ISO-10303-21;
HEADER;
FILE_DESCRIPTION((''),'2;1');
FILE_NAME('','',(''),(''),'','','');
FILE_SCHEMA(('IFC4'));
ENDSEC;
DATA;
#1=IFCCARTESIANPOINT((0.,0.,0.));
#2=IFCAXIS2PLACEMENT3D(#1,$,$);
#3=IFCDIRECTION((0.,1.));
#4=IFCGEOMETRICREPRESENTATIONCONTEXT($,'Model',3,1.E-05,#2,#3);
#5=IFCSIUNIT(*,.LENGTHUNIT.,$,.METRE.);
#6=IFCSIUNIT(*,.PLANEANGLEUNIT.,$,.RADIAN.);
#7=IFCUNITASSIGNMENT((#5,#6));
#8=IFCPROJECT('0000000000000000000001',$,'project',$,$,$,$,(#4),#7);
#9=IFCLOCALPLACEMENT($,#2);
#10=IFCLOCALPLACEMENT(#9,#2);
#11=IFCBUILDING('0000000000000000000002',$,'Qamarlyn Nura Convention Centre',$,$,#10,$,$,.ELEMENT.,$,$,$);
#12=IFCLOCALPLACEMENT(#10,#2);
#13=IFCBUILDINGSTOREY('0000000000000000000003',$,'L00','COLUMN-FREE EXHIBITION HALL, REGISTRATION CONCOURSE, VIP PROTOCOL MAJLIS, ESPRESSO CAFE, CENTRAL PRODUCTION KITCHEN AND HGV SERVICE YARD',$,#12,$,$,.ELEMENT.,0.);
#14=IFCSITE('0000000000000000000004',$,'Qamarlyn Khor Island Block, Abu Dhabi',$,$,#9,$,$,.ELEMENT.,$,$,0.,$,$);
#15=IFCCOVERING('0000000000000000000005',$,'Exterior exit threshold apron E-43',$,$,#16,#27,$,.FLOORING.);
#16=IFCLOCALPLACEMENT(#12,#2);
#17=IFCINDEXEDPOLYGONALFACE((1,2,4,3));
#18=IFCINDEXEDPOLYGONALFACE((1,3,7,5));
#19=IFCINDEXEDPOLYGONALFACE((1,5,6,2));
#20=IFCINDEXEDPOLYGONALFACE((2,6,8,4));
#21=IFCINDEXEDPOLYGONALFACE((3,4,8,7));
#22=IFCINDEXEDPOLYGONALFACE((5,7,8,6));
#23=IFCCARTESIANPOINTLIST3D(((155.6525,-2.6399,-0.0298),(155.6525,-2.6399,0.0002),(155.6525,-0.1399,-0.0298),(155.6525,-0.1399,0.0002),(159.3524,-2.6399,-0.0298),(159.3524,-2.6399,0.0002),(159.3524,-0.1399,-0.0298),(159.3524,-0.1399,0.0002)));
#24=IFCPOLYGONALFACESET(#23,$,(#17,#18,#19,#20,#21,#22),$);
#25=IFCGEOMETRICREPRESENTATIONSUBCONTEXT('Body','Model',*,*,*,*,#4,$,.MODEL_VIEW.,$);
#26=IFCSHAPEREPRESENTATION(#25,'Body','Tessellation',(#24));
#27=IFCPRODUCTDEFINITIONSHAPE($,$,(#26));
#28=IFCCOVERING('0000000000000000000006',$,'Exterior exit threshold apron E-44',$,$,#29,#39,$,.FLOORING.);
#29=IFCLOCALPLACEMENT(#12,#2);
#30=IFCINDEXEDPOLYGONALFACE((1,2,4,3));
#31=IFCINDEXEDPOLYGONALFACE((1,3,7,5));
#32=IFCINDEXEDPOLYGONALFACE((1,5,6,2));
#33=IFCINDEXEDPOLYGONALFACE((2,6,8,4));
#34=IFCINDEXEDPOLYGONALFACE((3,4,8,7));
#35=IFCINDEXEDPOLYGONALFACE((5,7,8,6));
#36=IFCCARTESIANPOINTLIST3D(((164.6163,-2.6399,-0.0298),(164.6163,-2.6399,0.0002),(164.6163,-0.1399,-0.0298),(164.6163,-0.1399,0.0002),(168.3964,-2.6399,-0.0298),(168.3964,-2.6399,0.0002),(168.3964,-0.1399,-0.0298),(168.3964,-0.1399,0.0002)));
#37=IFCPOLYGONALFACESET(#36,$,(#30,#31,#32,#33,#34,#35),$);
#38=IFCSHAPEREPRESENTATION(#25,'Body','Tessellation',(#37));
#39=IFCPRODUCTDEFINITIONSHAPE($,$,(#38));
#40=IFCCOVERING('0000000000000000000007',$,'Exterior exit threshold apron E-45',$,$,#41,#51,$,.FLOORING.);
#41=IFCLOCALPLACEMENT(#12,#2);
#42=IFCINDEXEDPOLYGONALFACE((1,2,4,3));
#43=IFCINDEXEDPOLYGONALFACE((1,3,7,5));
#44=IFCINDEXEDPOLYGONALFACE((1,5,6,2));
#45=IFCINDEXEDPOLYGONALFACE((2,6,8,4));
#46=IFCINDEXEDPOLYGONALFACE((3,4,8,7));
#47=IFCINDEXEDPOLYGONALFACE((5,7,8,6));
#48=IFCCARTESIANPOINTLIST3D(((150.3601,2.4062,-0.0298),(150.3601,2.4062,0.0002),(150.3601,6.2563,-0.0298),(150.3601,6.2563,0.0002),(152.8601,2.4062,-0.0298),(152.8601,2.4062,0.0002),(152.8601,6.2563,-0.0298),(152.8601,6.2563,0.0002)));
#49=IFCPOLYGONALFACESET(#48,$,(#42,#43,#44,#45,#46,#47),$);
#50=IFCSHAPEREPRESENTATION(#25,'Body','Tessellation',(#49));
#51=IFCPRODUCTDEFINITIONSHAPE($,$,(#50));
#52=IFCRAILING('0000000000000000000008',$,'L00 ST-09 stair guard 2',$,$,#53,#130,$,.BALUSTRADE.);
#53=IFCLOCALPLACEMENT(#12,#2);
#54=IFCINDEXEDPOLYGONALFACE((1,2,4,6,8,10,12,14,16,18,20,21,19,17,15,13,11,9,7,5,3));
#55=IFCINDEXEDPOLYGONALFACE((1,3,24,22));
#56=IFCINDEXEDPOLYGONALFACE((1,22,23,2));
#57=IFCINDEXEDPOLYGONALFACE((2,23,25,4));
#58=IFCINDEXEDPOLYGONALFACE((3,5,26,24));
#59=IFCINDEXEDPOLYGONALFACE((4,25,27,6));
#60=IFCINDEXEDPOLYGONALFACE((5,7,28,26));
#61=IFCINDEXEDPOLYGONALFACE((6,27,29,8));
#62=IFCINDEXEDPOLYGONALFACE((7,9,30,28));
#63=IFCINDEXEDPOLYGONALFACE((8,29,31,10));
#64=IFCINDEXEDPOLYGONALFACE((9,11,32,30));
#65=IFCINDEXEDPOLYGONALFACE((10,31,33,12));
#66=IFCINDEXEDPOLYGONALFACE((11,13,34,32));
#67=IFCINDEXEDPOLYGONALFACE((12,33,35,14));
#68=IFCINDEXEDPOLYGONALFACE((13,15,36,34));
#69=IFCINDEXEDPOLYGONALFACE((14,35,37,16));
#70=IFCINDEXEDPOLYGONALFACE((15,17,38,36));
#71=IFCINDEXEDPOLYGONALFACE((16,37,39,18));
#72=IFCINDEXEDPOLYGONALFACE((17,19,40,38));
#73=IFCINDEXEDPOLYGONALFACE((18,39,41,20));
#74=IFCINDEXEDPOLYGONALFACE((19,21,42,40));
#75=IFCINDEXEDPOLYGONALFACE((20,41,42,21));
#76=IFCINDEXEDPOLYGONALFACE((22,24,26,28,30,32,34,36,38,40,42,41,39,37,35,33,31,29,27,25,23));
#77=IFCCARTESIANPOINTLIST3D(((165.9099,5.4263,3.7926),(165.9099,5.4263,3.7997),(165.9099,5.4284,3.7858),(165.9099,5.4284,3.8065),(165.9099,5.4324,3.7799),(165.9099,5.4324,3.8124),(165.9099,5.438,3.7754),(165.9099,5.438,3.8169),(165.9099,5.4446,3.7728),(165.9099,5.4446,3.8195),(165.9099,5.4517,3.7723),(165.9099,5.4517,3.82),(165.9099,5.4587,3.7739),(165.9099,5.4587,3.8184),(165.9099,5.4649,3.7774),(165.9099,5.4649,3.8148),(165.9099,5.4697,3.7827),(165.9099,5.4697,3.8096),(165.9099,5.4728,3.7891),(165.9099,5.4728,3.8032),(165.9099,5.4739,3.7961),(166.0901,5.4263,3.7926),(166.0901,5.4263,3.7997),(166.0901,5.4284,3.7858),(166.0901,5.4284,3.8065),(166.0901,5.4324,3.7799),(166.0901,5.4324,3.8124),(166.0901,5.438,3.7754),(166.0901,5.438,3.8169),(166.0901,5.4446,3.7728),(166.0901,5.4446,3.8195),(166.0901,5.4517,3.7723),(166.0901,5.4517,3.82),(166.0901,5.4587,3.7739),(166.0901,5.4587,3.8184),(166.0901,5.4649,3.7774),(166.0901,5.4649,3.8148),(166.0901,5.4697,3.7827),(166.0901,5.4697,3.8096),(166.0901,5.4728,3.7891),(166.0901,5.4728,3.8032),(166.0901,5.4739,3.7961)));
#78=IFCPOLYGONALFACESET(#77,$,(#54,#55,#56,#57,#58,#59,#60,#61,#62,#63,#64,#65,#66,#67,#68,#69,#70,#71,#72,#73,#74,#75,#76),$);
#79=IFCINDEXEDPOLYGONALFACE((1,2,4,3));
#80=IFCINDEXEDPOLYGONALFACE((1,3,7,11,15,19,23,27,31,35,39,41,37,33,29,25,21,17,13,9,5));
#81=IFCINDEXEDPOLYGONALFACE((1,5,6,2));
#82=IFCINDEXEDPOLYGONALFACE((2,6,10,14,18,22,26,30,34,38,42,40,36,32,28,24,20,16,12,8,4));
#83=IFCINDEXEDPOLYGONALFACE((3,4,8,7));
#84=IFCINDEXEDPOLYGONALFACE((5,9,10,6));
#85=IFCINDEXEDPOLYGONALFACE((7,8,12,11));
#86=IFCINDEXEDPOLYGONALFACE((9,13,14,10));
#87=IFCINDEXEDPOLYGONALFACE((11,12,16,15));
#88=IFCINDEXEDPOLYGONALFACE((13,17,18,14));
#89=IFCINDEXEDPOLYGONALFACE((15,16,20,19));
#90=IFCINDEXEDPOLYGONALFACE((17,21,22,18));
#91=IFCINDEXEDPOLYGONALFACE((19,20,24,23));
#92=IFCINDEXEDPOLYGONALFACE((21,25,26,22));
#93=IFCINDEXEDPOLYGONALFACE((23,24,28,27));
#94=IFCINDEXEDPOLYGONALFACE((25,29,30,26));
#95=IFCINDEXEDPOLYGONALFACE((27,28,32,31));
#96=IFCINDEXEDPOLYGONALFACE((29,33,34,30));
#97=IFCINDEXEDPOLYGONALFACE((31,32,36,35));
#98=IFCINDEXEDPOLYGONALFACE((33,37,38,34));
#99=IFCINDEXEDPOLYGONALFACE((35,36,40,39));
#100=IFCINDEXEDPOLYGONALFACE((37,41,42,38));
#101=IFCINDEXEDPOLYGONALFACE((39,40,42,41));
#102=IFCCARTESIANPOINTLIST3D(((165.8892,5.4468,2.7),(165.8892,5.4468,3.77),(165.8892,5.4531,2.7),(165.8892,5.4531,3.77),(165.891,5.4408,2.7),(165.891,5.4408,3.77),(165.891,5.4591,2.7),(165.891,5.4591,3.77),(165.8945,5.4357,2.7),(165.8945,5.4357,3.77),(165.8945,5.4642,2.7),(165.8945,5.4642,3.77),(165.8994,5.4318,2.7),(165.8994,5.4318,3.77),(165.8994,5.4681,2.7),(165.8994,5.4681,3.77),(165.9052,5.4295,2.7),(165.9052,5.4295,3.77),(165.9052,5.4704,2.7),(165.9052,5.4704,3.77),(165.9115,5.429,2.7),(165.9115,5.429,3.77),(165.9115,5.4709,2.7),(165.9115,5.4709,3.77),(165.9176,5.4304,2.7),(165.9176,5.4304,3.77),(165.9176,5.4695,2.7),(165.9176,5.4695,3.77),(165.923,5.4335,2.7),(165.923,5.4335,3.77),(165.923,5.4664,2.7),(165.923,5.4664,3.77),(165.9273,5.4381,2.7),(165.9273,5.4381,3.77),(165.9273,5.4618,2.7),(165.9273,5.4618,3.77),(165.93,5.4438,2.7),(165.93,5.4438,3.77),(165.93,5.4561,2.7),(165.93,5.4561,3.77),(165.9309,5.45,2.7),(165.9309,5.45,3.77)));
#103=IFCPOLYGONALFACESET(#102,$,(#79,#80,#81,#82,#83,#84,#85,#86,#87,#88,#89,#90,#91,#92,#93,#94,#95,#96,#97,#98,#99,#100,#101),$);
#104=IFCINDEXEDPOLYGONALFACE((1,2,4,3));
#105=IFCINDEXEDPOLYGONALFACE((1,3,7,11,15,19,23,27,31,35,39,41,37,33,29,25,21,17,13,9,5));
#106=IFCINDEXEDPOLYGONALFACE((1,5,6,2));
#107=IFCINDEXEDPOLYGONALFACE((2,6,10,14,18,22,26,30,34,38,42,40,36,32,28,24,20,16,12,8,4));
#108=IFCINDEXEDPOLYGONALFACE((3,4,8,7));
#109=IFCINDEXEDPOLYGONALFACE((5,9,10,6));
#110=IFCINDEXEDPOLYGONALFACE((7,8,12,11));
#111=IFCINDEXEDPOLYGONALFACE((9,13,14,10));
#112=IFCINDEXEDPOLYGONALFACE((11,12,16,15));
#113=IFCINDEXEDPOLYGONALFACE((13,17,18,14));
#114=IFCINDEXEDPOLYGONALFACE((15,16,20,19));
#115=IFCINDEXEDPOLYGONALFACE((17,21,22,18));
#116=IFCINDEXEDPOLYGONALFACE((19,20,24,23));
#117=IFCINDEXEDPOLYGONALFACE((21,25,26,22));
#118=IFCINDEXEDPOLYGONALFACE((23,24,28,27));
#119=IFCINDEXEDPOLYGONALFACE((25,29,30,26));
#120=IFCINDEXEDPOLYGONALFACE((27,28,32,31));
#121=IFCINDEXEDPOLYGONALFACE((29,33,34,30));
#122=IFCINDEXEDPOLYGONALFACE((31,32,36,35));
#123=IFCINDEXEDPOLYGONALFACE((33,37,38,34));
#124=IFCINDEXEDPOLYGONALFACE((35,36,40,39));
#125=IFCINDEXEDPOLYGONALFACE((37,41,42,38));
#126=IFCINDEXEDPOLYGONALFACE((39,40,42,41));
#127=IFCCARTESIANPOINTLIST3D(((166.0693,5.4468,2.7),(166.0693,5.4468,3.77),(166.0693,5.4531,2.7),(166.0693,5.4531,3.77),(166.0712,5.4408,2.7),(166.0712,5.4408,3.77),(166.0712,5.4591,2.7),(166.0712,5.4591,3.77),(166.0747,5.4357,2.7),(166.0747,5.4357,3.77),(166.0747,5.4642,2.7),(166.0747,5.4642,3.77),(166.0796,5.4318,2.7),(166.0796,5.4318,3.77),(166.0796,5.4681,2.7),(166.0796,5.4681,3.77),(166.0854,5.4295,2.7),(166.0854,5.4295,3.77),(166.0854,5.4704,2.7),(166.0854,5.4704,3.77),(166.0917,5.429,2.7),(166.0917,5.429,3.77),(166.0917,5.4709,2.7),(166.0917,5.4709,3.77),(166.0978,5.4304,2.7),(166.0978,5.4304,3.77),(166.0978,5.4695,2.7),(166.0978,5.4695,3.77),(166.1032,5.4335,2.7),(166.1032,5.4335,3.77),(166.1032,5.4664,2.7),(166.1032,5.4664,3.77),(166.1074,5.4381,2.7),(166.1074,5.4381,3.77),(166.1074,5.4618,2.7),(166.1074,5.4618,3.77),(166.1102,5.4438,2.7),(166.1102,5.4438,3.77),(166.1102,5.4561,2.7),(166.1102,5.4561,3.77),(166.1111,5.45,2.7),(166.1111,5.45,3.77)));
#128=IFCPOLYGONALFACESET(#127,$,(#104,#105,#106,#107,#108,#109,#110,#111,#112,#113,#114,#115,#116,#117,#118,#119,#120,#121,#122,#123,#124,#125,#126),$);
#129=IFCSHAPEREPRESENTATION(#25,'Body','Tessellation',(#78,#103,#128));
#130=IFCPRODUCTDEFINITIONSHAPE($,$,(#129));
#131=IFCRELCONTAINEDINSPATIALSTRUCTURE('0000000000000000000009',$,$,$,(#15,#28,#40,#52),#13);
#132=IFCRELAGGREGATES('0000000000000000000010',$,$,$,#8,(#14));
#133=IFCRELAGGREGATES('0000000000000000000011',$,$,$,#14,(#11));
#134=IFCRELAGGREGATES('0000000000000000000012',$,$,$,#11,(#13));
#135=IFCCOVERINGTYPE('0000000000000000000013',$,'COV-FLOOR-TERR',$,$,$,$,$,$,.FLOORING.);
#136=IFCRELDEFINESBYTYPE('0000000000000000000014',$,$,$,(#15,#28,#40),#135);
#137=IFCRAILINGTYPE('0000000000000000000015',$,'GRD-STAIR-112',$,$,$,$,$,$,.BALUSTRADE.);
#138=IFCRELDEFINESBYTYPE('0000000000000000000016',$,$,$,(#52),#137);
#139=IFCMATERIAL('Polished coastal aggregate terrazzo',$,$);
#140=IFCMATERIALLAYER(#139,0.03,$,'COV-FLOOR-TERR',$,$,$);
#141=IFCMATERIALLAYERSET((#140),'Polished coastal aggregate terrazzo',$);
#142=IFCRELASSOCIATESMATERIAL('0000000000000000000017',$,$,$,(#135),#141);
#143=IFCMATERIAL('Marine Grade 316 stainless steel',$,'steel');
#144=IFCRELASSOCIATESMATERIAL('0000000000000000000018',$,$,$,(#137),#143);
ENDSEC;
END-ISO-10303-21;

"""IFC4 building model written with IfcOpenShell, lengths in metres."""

from ifc_helpers import new_model, si_unit, direction, frame, origin, origin_2d, place, context, subcontext, project, spatial, rectangle, circle, extrude, material, layer, layer_set, type_object, element, save


model = new_model("IFC4")

# Units and contexts
model_context = context("Model", 3, precision=1e-05, world=origin(), true_north=direction((0.0, 1.0)))
body_context = subcontext(model_context, "Body", "Model", "MODEL_VIEW")
ifc_project = project(units=[si_unit("LENGTHUNIT", "METRE"), si_unit("PLANEANGLEUNIT", "RADIAN")], contexts=[model_context])

# Site, building, storey
site_placement = place(None, origin())
site = spatial("IfcSite", under=ifc_project, at=site_placement, Name="Qamarlyn Khor Island Block, Abu Dhabi", CompositionType="ELEMENT", RefElevation=0.0)
building_placement = place(site_placement, origin())
building = spatial("IfcBuilding", under=site, at=building_placement, Name="Qamarlyn Nura Convention Centre", CompositionType="ELEMENT")
storey_placement = place(building_placement, origin())
storey = spatial("IfcBuildingStorey", under=building, at=storey_placement, Name="L00", Description="COLUMN-FREE EXHIBITION HALL, REGISTRATION CONCOURSE, VIP PROTOCOL MAJLIS, ESPRESSO CAFE, CENTRAL PRODUCTION KITCHEN AND HGV SERVICE YARD", CompositionType="ELEMENT", Elevation=0.0)

# Coverings
ifc_material_1 = material(Name="Polished coastal aggregate terrazzo")
ifc_layer_1 = layer(ifc_material_1, 0.03, Name="COV-FLOOR-TERR")
ifc_layer_set_1 = layer_set([ifc_layer_1], Name="Polished coastal aggregate terrazzo")
covering_type = type_object("IfcCoveringType", Name="COV-FLOOR-TERR", PredefinedType="FLOORING", material=ifc_layer_set_1)
covering_1_placement = place(storey_placement, frame((157.5024, -1.3899, -0.0298), z_axis=(0.0, 0.0, 1.0), x_axis=(-1.0, 0.0, 0.0)))
element("IfcCovering", 1, at=covering_1_placement, inside=storey, type_object=covering_type, Name="Exterior exit threshold apron E-43", PredefinedType="FLOORING", context=body_context, shape_type="SweptSolid", body=[
    extrude(rectangle(XDim=3.7, YDim=2.5, at=origin_2d()), origin(), (0.0, 0.0, 1.0), 0.03),
])
covering_2_placement = place(storey_placement, frame((166.5063, -1.3899, -0.0298), z_axis=(0.0, 0.0, 1.0), x_axis=(-1.0, 0.0, 0.0)))
element("IfcCovering", 2, at=covering_2_placement, inside=storey, type_object=covering_type, Name="Exterior exit threshold apron E-44", PredefinedType="FLOORING", context=body_context, shape_type="SweptSolid", body=[
    extrude(rectangle(XDim=3.78, YDim=2.5, at=origin_2d()), origin(), (0.0, 0.0, 1.0), 0.03),
])
covering_3_placement = place(storey_placement, frame((151.6101, 4.3313, -0.0298), z_axis=(0.0, 0.0, 1.0), x_axis=(0.0, 1.0, 0.0)))
element("IfcCovering", 3, at=covering_3_placement, inside=storey, type_object=covering_type, Name="Exterior exit threshold apron E-45", PredefinedType="FLOORING", context=body_context, shape_type="SweptSolid", body=[
    extrude(rectangle(XDim=3.8501, YDim=2.5, at=origin_2d()), origin(), (0.0, 0.0, 1.0), 0.03),
])

# Railing
ifc_material_2 = material(Name="Marine Grade 316 stainless steel", Category="steel")
railing_type = type_object("IfcRailingType", Name="GRD-STAIR-112", PredefinedType="BALUSTRADE", material=ifc_material_2)
railing_1_placement = place(storey_placement, frame((165.9099, 5.45, 2.7)))
element("IfcRailing", 4, at=railing_1_placement, inside=storey, type_object=railing_type, Name="L00 ST-09 stair guard 2", PredefinedType="BALUSTRADE", context=body_context, shape_type="SweptSolid", body=[
    extrude(circle(Radius=0.0239, at=origin_2d()), frame((0.0, 0.0, 1.0962), z_axis=(1.0, 0.0, 0.0), x_axis=(0.0, 1.0, 0.0)), (0.0, 0.0, 1.0), 0.1802),
    extrude(circle(Radius=0.021, at=origin_2d()), origin(), (0.0, 0.0, 1.0), 1.0701),
    extrude(circle(Radius=0.021, at=origin_2d()), frame((0.1802, 0.0, 0.0)), (0.0, 0.0, 1.0), 1.0701),
])

save(model, "model.ifc")
